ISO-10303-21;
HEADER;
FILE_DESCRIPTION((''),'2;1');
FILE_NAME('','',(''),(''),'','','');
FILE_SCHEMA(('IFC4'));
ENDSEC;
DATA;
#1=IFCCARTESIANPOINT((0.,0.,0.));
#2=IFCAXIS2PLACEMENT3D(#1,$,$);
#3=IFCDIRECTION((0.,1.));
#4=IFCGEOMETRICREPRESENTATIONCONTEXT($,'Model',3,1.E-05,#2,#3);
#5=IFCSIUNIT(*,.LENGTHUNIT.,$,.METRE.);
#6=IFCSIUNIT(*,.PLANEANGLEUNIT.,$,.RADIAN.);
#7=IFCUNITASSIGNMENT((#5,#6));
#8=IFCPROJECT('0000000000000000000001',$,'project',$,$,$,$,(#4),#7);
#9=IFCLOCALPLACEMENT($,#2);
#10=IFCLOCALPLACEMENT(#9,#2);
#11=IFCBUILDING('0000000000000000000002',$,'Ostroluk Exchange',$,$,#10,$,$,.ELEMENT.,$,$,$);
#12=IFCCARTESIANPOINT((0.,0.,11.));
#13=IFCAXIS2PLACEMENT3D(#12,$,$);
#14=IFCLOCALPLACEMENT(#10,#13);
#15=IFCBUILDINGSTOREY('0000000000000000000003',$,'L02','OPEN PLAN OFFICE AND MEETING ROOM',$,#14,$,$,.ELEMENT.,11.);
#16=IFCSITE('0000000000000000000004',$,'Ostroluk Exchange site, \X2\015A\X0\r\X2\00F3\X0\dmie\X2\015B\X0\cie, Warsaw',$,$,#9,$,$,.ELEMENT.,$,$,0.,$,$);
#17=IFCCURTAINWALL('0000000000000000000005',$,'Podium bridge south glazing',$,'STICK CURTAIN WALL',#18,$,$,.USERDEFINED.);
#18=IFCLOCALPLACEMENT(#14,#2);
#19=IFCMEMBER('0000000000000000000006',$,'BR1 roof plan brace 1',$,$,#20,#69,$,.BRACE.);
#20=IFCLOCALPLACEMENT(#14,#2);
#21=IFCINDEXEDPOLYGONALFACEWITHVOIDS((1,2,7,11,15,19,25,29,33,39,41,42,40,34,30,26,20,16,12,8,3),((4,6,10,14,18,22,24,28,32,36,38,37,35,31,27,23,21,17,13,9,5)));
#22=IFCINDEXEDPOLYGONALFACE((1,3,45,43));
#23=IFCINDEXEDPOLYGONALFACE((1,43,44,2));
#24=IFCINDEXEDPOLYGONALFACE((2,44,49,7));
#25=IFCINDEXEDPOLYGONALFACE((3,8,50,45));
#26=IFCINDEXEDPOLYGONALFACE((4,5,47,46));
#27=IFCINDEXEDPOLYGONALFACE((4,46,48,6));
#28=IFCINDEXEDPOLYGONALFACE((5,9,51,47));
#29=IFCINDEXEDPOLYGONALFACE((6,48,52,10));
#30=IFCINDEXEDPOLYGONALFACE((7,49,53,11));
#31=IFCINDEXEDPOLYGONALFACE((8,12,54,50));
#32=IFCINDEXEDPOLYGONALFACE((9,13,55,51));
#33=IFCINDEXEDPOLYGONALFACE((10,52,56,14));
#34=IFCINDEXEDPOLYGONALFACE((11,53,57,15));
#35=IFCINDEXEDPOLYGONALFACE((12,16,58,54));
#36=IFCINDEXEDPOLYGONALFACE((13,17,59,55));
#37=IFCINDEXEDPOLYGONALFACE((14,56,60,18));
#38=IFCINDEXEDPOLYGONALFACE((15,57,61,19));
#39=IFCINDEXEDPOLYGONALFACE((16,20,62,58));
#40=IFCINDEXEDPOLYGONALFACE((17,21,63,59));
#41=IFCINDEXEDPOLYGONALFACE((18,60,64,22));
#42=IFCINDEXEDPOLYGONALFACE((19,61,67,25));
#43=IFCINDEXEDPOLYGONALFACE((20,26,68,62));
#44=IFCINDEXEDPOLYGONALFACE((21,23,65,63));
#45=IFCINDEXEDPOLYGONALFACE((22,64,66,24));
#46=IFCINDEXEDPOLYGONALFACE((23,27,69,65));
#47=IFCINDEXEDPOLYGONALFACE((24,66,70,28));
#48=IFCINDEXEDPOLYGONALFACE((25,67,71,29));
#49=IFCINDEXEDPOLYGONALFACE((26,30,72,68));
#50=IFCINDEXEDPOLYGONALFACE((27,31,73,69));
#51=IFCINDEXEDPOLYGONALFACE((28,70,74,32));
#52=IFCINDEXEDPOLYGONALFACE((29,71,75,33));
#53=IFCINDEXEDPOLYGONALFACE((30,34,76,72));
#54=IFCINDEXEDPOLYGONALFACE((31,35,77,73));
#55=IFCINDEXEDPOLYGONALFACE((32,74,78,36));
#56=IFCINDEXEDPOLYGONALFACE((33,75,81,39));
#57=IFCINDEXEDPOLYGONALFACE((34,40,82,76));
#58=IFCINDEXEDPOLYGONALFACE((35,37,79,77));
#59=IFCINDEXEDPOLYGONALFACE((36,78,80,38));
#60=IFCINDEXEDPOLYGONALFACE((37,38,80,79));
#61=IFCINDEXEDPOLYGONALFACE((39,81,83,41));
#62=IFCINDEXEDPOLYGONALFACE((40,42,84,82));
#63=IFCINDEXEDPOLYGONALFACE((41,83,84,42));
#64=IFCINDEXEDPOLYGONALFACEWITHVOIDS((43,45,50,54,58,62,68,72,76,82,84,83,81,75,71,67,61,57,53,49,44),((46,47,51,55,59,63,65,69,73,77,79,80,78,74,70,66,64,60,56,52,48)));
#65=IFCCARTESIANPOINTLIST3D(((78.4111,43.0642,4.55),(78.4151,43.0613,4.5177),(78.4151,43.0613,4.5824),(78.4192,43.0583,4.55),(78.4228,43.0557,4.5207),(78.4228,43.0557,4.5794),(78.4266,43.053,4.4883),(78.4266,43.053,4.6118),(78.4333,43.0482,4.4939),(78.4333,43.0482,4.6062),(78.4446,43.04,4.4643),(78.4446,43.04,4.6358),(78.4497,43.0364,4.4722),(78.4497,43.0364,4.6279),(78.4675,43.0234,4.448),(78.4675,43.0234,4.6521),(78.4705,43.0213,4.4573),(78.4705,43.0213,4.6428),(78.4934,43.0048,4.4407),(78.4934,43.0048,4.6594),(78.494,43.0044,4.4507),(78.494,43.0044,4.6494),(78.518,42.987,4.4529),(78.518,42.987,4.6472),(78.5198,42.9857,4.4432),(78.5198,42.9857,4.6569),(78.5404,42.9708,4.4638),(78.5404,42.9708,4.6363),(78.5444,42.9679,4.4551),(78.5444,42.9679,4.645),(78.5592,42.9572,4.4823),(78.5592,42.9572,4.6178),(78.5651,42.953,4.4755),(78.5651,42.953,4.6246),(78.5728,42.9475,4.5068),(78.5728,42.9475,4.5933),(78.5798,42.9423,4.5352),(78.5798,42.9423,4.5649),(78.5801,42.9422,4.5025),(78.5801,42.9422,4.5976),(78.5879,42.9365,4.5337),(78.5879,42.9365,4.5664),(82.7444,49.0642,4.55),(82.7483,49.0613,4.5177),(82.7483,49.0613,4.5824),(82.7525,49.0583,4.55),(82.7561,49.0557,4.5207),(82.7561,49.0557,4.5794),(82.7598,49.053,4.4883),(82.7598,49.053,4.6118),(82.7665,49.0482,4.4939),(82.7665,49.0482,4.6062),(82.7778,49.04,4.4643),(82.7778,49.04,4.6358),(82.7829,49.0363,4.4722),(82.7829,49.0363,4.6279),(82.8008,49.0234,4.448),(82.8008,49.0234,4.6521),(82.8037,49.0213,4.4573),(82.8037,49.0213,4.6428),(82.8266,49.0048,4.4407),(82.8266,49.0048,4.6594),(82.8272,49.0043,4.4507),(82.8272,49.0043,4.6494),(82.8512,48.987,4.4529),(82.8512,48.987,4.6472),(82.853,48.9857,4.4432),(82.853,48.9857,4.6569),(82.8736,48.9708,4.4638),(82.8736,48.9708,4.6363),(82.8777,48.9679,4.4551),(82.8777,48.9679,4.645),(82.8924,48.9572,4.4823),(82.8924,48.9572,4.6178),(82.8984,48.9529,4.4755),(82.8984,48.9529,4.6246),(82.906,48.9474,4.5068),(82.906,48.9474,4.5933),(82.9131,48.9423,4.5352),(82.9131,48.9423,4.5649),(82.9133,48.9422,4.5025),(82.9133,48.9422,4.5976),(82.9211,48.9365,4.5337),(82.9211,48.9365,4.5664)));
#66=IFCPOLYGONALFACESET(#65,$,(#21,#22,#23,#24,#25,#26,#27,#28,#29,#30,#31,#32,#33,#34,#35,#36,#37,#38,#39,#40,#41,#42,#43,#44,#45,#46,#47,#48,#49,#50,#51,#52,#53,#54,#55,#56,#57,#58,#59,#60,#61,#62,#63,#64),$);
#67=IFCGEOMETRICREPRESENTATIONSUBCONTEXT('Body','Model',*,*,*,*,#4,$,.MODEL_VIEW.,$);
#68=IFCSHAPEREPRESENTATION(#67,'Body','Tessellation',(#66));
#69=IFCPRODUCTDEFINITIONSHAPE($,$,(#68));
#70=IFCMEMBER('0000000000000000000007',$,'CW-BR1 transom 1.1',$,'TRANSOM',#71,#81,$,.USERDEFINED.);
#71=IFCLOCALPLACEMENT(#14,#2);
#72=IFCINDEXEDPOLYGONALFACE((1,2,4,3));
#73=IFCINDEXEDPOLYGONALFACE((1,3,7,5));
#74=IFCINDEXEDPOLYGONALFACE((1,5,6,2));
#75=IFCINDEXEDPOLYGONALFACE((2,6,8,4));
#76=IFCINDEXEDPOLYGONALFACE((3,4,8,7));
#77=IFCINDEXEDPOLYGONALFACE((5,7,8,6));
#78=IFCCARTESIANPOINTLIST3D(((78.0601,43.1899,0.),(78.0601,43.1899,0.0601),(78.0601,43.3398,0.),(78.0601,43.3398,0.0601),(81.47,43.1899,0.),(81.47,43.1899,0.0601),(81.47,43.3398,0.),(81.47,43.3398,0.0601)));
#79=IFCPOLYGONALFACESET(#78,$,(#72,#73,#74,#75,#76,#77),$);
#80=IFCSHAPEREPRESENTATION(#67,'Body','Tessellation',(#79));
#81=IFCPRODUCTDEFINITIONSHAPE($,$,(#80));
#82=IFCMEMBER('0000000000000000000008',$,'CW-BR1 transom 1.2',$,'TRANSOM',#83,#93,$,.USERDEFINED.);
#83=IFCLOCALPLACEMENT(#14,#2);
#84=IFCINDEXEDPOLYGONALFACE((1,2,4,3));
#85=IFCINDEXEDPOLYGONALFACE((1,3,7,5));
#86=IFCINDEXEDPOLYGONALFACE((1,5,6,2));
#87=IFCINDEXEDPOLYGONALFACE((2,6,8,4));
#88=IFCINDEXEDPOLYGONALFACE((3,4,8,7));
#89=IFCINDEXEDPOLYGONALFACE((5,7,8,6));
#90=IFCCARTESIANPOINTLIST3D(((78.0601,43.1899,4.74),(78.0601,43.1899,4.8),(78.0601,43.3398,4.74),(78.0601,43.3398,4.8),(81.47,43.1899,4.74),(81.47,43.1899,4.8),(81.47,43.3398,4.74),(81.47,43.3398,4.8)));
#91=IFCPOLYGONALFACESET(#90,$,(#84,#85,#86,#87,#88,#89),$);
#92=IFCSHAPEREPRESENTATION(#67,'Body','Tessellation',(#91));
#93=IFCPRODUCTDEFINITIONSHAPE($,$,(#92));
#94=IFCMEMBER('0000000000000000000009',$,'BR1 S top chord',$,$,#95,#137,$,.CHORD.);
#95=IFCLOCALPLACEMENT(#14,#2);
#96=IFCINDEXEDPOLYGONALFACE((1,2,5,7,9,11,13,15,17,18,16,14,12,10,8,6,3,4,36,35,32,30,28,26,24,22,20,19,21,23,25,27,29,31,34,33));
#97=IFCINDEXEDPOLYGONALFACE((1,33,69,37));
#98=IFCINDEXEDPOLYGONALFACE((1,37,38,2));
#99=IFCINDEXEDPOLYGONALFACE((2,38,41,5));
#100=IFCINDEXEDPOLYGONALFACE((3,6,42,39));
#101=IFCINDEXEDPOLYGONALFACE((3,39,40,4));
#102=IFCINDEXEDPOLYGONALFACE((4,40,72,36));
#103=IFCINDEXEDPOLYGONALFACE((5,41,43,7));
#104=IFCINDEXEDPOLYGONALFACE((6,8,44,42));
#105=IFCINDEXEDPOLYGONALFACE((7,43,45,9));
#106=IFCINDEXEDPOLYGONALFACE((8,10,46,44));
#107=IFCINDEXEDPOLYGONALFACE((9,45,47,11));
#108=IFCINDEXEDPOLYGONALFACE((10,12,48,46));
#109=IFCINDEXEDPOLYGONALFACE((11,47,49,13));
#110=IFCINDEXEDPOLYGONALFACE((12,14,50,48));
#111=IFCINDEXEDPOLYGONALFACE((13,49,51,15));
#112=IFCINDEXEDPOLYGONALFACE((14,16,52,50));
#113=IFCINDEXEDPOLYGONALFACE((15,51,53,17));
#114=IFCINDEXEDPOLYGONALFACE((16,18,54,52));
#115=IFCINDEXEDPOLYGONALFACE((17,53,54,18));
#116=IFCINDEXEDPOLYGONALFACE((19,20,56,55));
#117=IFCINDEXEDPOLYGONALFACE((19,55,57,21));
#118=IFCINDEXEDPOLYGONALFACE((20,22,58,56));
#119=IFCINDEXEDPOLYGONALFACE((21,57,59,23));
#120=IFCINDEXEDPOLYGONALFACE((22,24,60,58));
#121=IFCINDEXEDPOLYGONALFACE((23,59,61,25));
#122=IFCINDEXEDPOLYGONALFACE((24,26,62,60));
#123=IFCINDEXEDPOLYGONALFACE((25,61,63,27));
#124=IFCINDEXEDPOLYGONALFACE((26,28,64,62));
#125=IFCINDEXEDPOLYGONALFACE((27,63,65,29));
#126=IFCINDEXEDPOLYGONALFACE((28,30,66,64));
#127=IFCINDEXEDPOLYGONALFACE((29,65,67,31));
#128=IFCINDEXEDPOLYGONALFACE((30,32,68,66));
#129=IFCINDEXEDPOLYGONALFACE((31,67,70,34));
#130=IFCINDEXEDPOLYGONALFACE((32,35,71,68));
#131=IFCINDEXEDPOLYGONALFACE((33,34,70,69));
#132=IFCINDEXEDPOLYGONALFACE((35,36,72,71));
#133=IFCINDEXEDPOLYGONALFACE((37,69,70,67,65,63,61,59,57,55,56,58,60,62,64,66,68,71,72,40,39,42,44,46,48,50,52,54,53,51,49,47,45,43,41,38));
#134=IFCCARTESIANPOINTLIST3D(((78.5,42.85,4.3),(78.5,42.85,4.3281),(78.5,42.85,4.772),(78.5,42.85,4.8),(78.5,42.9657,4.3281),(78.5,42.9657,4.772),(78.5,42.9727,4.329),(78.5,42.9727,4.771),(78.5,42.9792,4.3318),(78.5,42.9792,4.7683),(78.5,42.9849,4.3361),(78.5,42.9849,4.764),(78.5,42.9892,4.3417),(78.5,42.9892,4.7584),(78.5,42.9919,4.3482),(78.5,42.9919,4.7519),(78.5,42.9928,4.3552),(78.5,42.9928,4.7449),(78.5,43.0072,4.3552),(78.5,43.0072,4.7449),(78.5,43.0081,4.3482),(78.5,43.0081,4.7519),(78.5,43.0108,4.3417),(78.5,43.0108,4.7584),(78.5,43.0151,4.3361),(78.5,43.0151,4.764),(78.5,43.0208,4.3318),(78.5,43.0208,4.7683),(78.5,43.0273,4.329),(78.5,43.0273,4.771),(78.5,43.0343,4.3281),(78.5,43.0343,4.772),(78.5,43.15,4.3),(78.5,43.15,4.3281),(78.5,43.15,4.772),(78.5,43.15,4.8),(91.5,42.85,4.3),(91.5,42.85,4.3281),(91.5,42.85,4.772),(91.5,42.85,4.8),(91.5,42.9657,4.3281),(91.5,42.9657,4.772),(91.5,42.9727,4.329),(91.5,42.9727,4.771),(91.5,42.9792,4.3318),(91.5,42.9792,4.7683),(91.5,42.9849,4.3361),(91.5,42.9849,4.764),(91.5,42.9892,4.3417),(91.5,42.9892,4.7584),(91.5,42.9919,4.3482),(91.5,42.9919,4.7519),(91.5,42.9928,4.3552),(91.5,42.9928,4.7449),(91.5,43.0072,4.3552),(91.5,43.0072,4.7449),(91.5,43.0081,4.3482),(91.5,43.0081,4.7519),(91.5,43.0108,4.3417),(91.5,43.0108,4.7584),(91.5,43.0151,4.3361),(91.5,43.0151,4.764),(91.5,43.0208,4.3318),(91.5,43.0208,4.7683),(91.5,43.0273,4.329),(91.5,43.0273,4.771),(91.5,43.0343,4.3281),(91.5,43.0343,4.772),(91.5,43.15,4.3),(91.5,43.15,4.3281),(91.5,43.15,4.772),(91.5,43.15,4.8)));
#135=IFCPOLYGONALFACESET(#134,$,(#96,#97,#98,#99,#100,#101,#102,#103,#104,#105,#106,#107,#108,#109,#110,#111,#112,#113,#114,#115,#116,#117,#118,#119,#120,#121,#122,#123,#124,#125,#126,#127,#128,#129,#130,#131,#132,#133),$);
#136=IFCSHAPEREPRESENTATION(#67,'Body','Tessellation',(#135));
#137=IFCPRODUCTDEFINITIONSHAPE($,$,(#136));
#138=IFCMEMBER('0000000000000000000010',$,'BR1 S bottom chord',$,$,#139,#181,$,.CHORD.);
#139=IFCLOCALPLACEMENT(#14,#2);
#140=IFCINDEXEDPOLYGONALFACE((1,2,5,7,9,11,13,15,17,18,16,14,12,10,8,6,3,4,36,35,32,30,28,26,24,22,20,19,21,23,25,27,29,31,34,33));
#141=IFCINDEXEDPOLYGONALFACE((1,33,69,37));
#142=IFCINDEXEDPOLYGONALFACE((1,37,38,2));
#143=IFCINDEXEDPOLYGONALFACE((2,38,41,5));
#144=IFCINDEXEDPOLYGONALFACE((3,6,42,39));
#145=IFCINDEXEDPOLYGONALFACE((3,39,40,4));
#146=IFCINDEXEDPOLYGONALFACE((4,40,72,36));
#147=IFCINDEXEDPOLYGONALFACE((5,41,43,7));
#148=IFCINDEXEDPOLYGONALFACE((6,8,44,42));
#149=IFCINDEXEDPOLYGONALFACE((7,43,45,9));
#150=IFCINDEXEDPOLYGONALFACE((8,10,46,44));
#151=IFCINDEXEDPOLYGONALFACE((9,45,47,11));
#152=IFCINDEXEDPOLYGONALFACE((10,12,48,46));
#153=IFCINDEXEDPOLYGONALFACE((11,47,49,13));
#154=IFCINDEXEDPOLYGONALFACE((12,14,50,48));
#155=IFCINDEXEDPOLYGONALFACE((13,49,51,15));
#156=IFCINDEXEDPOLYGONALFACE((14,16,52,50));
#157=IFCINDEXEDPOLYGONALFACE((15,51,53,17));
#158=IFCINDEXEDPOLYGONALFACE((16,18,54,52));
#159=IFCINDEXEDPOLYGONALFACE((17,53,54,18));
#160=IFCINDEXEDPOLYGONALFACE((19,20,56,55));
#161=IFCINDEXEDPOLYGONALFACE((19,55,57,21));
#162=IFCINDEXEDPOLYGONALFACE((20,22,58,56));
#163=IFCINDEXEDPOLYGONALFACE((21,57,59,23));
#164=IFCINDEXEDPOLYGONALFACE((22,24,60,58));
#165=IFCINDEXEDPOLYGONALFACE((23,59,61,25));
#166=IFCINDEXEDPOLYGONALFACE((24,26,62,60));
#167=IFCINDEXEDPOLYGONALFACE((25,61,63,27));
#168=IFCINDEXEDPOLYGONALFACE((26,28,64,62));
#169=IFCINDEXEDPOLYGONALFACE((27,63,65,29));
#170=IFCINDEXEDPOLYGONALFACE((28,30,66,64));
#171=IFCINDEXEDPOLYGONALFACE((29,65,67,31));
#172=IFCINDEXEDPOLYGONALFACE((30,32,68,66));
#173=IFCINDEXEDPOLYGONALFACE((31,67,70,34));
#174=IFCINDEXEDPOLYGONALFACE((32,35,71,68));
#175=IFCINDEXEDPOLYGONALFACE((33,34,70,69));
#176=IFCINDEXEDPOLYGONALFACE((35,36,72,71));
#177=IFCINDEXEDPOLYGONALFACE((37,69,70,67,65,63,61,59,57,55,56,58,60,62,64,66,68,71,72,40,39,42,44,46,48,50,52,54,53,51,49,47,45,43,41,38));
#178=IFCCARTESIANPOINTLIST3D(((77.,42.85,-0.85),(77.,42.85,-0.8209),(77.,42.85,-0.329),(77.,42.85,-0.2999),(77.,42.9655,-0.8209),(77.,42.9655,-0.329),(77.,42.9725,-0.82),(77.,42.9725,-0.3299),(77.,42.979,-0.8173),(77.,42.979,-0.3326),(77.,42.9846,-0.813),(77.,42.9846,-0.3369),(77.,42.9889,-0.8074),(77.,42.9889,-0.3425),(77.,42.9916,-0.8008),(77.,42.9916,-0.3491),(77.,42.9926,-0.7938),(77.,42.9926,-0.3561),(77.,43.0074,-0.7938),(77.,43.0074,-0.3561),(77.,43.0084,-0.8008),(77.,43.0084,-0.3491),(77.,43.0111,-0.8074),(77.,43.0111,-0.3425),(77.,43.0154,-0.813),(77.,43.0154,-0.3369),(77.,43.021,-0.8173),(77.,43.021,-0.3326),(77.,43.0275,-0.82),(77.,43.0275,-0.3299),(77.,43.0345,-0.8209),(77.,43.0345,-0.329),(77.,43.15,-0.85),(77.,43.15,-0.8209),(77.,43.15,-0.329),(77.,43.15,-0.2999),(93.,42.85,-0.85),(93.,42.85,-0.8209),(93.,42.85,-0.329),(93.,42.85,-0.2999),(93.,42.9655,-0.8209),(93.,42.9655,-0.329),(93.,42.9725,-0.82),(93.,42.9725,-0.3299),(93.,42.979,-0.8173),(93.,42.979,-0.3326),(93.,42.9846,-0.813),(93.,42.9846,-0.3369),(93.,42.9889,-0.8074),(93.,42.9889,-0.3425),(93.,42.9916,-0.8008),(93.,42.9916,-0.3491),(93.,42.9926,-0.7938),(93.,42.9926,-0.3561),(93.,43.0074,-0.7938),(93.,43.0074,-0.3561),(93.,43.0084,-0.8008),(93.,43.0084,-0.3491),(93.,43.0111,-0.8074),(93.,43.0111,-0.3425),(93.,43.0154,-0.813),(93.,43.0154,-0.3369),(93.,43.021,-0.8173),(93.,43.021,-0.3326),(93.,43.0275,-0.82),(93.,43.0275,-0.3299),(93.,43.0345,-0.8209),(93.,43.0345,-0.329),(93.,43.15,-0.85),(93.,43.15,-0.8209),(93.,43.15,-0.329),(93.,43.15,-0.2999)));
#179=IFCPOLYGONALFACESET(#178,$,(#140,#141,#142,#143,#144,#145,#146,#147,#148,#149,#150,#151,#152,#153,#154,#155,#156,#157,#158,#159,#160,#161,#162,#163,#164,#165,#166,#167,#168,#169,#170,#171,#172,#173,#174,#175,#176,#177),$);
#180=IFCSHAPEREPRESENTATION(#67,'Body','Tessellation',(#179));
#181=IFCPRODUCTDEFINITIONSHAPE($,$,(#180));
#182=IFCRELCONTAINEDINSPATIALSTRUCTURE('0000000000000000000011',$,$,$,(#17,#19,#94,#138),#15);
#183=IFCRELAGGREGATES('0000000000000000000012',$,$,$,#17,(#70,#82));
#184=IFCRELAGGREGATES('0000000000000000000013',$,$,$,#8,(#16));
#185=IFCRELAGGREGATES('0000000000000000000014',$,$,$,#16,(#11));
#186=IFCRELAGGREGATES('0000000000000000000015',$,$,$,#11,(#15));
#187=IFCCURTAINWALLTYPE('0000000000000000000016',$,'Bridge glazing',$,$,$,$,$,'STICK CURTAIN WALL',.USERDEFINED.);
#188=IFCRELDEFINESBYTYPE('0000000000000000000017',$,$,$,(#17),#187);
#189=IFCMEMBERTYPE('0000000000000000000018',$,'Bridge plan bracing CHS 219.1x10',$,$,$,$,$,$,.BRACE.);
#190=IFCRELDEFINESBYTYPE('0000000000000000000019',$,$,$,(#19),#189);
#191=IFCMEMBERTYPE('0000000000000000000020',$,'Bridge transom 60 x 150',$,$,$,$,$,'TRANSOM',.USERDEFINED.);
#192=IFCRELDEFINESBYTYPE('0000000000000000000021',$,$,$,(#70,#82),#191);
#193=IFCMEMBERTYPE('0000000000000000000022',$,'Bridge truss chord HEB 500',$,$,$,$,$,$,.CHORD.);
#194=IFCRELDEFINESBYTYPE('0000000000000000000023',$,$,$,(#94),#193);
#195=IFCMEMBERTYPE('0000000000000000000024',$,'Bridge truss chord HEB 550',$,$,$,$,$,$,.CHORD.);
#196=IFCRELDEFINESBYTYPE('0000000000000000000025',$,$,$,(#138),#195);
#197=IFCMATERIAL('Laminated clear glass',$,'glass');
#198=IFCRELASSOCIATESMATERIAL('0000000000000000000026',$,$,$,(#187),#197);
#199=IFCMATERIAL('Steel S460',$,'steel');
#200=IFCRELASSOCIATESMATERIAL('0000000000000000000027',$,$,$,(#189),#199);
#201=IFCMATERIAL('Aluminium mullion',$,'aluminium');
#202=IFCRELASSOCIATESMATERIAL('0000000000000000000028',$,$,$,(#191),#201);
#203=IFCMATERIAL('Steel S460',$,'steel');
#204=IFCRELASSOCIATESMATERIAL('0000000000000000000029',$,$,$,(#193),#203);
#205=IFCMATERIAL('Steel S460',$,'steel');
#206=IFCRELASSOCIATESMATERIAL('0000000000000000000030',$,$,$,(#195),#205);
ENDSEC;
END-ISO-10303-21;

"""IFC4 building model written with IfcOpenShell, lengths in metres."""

from ifc_helpers import new_model, si_unit, direction, frame, origin, origin_2d, place, context, subcontext, project, spatial, rectangle, hollow_circle, i_section, extrude, material, material_profile, profile_set, type_object, element, aggregate, save


model = new_model("IFC4")

# Units and contexts
model_context = context("Model", 3, precision=1e-05, world=origin(), true_north=direction((0.0, 1.0)))
body_context = subcontext(model_context, "Body", "Model", "MODEL_VIEW")
ifc_project = project(units=[si_unit("LENGTHUNIT", "METRE"), si_unit("PLANEANGLEUNIT", "RADIAN")], contexts=[model_context])

# Site, building, storey
site_placement = place(None, origin())
site = spatial("IfcSite", under=ifc_project, at=site_placement, Name="Ostroluk Exchange site, Śródmieście, Warsaw", CompositionType="ELEMENT", RefElevation=0.0)
building_placement = place(site_placement, origin())
building = spatial("IfcBuilding", under=site, at=building_placement, Name="Ostroluk Exchange", CompositionType="ELEMENT")
storey_placement = place(building_placement, frame((0.0, 0.0, 11.0)))
storey = spatial("IfcBuildingStorey", under=building, at=storey_placement, Name="L02", Description="OPEN PLAN OFFICE AND MEETING ROOM", CompositionType="ELEMENT", Elevation=11.0)

# Curtain wall
ifc_material_1 = material(Name="Laminated clear glass", Category="glass")
curtain_wall_type = type_object("IfcCurtainWallType", Name="Bridge glazing", ElementType="STICK CURTAIN WALL", PredefinedType="USERDEFINED", material=ifc_material_1)
curtain_wall_placement = place(storey_placement, origin())
curtain_wall = element("IfcCurtainWall", 1, at=curtain_wall_placement, inside=storey, type_object=curtain_wall_type, Name="Podium bridge south glazing", ObjectType="STICK CURTAIN WALL", PredefinedType="USERDEFINED")

# Member
ifc_material_2 = material(Name="Steel S460", Category="steel")
ifc_material_profile_1 = material_profile(ifc_material_2, hollow_circle(Radius=0.1096, WallThickness=0.01, at=origin_2d()), Name="CHS 219.1x10")
ifc_profile_set_1 = profile_set([ifc_material_profile_1], Name="Steel S460")
member_type_1 = type_object("IfcMemberType", Name="Bridge plan bracing CHS 219.1x10", PredefinedType="BRACE", material=ifc_profile_set_1)
for number, where, z_axis, x_axis, name in (
    (2, (78.5, 43.0, 4.55), (0.585483, 0.810684, 0.0), (-0.810684, 0.585483, 0.0), "BR1 roof plan brace 1"),
):
    element("IfcMember", number, at=place(storey_placement, frame(where, z_axis=z_axis, x_axis=x_axis)), inside=storey, type_object=member_type_1, Name=name, PredefinedType="BRACE", context=body_context, shape_type="SweptSolid", body=[
        extrude(hollow_circle(Radius=0.1096, WallThickness=0.01, at=origin_2d()), origin(), (0.0, 0.0, 1.0), 7.4011),
    ])

# Members
ifc_material_3 = material(Name="Aluminium mullion", Category="aluminium")
ifc_material_profile_2 = material_profile(ifc_material_3, rectangle(XDim=0.1499, YDim=0.0601, at=origin_2d()), Name="Bridge transom 60 x 150")
ifc_profile_set_2 = profile_set([ifc_material_profile_2], Name="Aluminium mullion")
member_type_2 = type_object("IfcMemberType", Name="Bridge transom 60 x 150", ElementType="TRANSOM", PredefinedType="USERDEFINED", material=ifc_profile_set_2)
member_1_placement = place(storey_placement, frame((78.0601, 43.2649, 0.03), z_axis=(1.0, 0.0, 0.0), x_axis=(0.0, 1.0, 0.0)))
member_1 = element("IfcMember", 3, at=member_1_placement, type_object=member_type_2, Name="CW-BR1 transom 1.1", ObjectType="TRANSOM", PredefinedType="USERDEFINED", context=body_context, shape_type="SweptSolid", body=[
    extrude(rectangle(XDim=0.1499, YDim=0.0601, at=origin_2d()), origin(), (0.0, 0.0, 1.0), 3.4099),
])
member_2_placement = place(storey_placement, frame((78.0601, 43.2649, 4.77), z_axis=(1.0, 0.0, 0.0), x_axis=(0.0, 1.0, 0.0)))
member_2 = element("IfcMember", 4, at=member_2_placement, type_object=member_type_2, Name="CW-BR1 transom 1.2", ObjectType="TRANSOM", PredefinedType="USERDEFINED", context=body_context, shape_type="SweptSolid", body=[
    extrude(rectangle(XDim=0.1499, YDim=0.0601, at=origin_2d()), origin(), (0.0, 0.0, 1.0), 3.4099),
])
aggregate(curtain_wall, [member_1, member_2])

# Members
ifc_material_4 = material(Name="Steel S460", Category="steel")
ifc_material_profile_3 = material_profile(ifc_material_4, i_section(OverallWidth=0.3, OverallDepth=0.5, WebThickness=0.0144, FlangeThickness=0.0281, FilletRadius=0.0271, at=origin_2d()), Name="HEB 500")
ifc_profile_set_3 = profile_set([ifc_material_profile_3], Name="Steel S460")
member_type_3 = type_object("IfcMemberType", Name="Bridge truss chord HEB 500", PredefinedType="CHORD", material=ifc_profile_set_3)
member_3_placement = place(storey_placement, frame((78.5, 43.0, 4.55), z_axis=(1.0, 0.0, 0.0), x_axis=(0.0, 1.0, 0.0)))
element("IfcMember", 5, at=member_3_placement, inside=storey, type_object=member_type_3, Name="BR1 S top chord", PredefinedType="CHORD", context=body_context, shape_type="SweptSolid", body=[
    extrude(i_section(OverallWidth=0.3, OverallDepth=0.5, WebThickness=0.0144, FlangeThickness=0.0281, FilletRadius=0.0271, at=origin_2d()), origin(), (0.0, 0.0, 1.0), 13.0),
])
ifc_material_5 = material(Name="Steel S460", Category="steel")
ifc_material_profile_4 = material_profile(ifc_material_5, i_section(OverallWidth=0.3, OverallDepth=0.55, WebThickness=0.0149, FlangeThickness=0.0291, FilletRadius=0.0271, at=origin_2d()), Name="HEB 550")
ifc_profile_set_4 = profile_set([ifc_material_profile_4], Name="Steel S460")
member_type_4 = type_object("IfcMemberType", Name="Bridge truss chord HEB 550", PredefinedType="CHORD", material=ifc_profile_set_4)
member_4_placement = place(storey_placement, frame((77.0, 43.0, -0.575), z_axis=(1.0, 0.0, 0.0), x_axis=(0.0, 1.0, 0.0)))
element("IfcMember", 6, at=member_4_placement, inside=storey, type_object=member_type_4, Name="BR1 S bottom chord", PredefinedType="CHORD", context=body_context, shape_type="SweptSolid", body=[
    extrude(i_section(OverallWidth=0.3, OverallDepth=0.55, WebThickness=0.0149, FlangeThickness=0.0291, FilletRadius=0.0271, at=origin_2d()), origin(), (0.0, 0.0, 1.0), 16.0),
])

save(model, "model.ifc")
